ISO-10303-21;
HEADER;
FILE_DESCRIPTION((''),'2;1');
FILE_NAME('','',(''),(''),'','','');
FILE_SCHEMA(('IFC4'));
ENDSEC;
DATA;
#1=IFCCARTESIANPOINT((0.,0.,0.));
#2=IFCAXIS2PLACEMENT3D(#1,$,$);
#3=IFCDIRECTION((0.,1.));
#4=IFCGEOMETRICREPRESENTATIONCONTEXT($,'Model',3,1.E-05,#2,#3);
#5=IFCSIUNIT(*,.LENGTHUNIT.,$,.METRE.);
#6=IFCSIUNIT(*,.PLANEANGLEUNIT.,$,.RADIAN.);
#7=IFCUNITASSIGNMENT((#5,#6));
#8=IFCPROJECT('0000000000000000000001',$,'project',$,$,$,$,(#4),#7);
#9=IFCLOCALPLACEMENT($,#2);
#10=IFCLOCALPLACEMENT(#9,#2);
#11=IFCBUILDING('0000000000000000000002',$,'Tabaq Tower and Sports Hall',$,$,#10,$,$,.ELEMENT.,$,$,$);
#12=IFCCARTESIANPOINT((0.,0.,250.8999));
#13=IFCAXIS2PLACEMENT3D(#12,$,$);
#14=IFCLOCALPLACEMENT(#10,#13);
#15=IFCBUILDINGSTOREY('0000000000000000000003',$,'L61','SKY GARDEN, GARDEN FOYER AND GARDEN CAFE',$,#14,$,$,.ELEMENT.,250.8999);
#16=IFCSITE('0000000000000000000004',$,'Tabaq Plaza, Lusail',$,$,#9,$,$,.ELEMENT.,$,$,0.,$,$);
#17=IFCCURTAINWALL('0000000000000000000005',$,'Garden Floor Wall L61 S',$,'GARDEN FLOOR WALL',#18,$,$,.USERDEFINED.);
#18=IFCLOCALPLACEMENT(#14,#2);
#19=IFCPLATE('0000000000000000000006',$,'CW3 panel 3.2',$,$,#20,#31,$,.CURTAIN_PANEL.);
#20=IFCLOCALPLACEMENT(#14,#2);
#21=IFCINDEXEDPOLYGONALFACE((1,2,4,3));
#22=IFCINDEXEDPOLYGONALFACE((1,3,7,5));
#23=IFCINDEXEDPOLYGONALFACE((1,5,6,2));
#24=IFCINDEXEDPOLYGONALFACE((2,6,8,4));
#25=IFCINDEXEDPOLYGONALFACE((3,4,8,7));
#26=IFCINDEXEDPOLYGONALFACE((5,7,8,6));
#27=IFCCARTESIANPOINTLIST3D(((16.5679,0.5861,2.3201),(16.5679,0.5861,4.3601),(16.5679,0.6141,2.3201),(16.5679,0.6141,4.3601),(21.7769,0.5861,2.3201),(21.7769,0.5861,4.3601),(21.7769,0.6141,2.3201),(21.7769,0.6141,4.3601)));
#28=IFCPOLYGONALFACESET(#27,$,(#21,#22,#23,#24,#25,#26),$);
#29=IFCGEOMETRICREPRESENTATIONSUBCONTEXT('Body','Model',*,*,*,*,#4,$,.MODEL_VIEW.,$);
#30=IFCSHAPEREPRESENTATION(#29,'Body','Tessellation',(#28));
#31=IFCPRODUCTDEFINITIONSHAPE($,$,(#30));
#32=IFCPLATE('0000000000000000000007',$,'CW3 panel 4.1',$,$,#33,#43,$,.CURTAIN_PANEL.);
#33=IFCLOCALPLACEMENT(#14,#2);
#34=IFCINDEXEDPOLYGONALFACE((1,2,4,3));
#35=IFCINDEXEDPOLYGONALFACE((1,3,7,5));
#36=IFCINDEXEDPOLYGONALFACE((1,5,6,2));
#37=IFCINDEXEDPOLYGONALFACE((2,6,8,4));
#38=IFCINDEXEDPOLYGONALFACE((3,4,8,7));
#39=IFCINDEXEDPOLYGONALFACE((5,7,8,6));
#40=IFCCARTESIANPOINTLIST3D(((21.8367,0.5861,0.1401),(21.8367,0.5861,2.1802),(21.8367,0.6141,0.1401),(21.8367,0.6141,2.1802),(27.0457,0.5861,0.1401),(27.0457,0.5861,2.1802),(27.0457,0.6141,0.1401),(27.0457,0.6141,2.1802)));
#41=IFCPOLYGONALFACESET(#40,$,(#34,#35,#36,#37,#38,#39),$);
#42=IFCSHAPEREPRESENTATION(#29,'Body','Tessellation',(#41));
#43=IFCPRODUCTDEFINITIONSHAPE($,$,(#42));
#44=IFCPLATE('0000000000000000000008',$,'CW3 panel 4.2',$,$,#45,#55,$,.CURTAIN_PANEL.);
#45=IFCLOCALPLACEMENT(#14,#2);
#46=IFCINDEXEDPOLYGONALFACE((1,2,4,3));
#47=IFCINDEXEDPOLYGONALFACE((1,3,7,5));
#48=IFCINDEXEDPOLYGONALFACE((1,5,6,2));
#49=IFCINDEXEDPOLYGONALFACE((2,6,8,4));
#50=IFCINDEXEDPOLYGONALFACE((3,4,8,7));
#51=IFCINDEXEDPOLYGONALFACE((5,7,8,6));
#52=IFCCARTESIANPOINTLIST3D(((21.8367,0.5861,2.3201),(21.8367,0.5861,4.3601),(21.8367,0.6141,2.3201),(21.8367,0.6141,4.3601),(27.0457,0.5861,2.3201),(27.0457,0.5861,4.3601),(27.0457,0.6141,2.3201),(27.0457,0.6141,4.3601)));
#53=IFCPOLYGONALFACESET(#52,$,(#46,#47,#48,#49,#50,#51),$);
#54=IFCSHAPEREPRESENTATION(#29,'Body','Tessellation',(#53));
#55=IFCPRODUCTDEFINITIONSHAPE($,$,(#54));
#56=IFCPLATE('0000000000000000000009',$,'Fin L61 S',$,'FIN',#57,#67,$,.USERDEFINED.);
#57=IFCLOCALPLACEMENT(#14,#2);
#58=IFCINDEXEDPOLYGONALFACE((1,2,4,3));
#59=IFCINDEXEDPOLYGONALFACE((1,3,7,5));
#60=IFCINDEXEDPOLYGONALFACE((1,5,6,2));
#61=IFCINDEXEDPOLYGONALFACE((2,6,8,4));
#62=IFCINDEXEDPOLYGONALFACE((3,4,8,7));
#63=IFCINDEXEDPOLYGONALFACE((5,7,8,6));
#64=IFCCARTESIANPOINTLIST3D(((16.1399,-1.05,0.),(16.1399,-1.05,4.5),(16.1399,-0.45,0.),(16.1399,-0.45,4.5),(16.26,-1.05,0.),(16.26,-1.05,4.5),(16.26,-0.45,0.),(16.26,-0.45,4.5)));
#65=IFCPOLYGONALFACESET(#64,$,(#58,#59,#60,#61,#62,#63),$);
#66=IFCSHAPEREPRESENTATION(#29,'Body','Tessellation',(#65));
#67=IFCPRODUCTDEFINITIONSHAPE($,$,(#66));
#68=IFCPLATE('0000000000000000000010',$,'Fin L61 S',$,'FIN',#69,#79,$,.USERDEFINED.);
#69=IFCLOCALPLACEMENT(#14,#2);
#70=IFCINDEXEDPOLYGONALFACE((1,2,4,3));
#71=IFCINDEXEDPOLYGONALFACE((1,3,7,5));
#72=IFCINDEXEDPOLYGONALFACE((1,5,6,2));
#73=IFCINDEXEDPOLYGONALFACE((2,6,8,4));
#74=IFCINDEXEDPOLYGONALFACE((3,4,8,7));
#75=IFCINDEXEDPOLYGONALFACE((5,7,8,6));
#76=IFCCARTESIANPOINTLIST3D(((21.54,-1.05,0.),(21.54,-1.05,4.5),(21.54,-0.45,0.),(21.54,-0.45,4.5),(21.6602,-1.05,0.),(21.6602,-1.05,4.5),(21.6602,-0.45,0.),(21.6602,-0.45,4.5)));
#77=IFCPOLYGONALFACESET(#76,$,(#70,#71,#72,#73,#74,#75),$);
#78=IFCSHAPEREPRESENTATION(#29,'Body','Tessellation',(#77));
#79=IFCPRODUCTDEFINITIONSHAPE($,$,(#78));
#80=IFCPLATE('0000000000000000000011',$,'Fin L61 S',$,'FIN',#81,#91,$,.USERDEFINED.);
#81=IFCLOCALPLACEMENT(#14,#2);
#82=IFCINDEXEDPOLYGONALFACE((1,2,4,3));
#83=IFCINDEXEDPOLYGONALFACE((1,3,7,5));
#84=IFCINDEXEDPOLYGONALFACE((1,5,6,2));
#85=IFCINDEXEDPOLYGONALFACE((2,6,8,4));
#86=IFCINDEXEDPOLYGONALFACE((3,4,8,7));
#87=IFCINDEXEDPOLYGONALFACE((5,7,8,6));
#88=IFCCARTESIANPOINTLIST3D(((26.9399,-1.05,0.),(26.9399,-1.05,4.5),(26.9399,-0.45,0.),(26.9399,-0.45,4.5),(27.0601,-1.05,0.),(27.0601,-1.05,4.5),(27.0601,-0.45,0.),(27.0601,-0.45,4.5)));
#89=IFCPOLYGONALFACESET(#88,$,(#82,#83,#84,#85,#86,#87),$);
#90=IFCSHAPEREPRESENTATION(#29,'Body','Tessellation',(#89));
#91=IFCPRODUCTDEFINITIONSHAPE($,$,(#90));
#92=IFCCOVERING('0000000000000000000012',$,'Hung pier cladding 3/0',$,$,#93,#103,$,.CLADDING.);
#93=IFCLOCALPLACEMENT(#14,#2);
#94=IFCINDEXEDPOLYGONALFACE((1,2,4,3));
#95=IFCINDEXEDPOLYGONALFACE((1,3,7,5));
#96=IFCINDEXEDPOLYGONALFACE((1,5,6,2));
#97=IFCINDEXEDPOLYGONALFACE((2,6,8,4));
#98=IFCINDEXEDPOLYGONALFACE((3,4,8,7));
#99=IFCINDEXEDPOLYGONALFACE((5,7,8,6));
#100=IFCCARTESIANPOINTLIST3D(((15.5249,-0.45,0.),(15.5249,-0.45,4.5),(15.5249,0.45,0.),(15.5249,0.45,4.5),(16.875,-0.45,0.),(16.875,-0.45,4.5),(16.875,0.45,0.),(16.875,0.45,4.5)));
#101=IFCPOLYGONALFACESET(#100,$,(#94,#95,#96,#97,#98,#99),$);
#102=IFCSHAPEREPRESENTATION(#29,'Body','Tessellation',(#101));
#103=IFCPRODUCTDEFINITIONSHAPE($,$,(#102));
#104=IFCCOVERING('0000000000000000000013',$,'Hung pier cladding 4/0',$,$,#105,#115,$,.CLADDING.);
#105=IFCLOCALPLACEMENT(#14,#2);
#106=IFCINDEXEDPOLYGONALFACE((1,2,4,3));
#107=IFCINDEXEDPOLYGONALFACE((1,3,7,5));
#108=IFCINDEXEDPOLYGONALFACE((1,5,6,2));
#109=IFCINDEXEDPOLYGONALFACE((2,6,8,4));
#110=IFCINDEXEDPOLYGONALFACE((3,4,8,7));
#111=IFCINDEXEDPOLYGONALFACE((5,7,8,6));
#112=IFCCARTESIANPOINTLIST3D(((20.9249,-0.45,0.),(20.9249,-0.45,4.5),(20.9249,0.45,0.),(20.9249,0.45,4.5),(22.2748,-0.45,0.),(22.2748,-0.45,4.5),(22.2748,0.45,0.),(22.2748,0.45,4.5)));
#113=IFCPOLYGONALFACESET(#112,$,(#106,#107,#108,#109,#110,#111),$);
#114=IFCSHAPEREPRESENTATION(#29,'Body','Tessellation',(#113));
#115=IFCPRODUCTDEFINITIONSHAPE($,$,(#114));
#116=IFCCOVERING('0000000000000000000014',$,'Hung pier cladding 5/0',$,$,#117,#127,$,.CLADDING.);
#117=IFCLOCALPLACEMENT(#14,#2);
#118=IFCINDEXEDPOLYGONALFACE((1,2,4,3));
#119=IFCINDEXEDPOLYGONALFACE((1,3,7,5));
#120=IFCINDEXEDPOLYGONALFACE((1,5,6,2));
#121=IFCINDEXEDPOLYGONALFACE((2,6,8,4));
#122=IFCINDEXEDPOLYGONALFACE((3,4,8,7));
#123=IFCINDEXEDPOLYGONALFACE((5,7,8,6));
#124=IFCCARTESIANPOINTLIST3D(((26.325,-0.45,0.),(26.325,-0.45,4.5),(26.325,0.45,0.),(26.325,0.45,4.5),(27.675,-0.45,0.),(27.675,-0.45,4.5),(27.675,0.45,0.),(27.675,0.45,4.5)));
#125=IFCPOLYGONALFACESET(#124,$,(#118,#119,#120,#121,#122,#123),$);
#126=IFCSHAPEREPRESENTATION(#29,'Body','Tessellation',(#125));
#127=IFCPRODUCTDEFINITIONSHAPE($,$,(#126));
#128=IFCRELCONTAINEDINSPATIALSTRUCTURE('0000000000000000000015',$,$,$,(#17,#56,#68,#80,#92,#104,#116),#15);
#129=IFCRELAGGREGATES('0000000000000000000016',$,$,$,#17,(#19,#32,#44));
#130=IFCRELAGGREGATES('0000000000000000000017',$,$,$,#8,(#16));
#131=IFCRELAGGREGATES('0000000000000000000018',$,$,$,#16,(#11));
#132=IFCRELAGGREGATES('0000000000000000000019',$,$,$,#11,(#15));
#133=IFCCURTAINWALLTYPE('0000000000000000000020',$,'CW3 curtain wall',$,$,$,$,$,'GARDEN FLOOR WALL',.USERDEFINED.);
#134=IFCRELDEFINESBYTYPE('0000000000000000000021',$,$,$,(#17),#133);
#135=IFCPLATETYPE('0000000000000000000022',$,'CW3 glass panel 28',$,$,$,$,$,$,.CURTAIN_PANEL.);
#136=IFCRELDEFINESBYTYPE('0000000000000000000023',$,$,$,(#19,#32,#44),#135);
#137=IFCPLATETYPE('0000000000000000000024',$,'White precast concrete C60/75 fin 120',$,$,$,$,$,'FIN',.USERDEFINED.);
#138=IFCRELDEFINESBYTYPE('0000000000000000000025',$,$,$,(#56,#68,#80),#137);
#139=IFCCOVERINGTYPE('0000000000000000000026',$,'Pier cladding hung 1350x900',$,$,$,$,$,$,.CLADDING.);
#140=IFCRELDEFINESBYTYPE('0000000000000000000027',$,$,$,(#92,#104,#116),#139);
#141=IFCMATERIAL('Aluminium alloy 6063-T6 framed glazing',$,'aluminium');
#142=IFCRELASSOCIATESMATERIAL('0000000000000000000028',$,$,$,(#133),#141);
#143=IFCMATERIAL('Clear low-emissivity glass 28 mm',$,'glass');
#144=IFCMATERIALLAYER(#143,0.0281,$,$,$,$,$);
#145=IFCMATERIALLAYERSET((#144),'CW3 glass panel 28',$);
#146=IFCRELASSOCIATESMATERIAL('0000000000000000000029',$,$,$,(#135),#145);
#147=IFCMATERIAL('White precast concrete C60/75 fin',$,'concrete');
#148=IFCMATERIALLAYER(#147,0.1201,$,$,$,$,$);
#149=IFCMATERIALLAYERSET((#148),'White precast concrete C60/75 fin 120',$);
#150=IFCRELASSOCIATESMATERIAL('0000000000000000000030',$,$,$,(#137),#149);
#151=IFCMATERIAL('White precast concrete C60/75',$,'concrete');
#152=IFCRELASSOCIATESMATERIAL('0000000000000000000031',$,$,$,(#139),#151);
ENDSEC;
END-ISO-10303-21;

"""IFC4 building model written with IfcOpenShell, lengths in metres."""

from ifc_helpers import new_model, si_unit, direction, frame, frame_2d, origin, origin_2d, place, context, subcontext, project, spatial, rectangle, extrude, material, layer, layer_set, type_object, element, aggregate, save


model = new_model("IFC4")

# Units and contexts
model_context = context("Model", 3, precision=1e-05, world=origin(), true_north=direction((0.0, 1.0)))
body_context = subcontext(model_context, "Body", "Model", "MODEL_VIEW")
ifc_project = project(units=[si_unit("LENGTHUNIT", "METRE"), si_unit("PLANEANGLEUNIT", "RADIAN")], contexts=[model_context])

# Site, building, storey
site_placement = place(None, origin())
site = spatial("IfcSite", under=ifc_project, at=site_placement, Name="Tabaq Plaza, Lusail", CompositionType="ELEMENT", RefElevation=0.0)
building_placement = place(site_placement, origin())
building = spatial("IfcBuilding", under=site, at=building_placement, Name="Tabaq Tower and Sports Hall", CompositionType="ELEMENT")
storey_placement = place(building_placement, frame((0.0, 0.0, 250.8999)))
storey = spatial("IfcBuildingStorey", under=building, at=storey_placement, Name="L61", Description="SKY GARDEN, GARDEN FOYER AND GARDEN CAFE", CompositionType="ELEMENT", Elevation=250.8999)

# Curtain wall
ifc_material_1 = material(Name="Aluminium alloy 6063-T6 framed glazing", Category="aluminium")
curtain_wall_type = type_object("IfcCurtainWallType", Name="CW3 curtain wall", ElementType="GARDEN FLOOR WALL", PredefinedType="USERDEFINED", material=ifc_material_1)
curtain_wall_placement = place(storey_placement, origin())
curtain_wall = element("IfcCurtainWall", 1, at=curtain_wall_placement, inside=storey, type_object=curtain_wall_type, Name="Garden Floor Wall L61 S", ObjectType="GARDEN FLOOR WALL", PredefinedType="USERDEFINED")

# Plates
ifc_material_2 = material(Name="Clear low-emissivity glass 28 mm", Category="glass")
ifc_layer_1 = layer(ifc_material_2, 0.0281)
ifc_layer_set_1 = layer_set([ifc_layer_1], Name="CW3 glass panel 28")
plate_type_1 = type_object("IfcPlateType", Name="CW3 glass panel 28", PredefinedType="CURTAIN_PANEL", material=ifc_layer_set_1)
plate_1_placement = place(storey_placement, frame((19.1724, 0.6001, 2.3201), z_axis=(0.0, 0.0, 1.0), x_axis=(1.0, 0.0, 0.0)))
plate_1 = element("IfcPlate", 2, at=plate_1_placement, type_object=plate_type_1, Name="CW3 panel 3.2", PredefinedType="CURTAIN_PANEL", context=body_context, shape_type="SweptSolid", body=[
    extrude(rectangle(XDim=5.209, YDim=0.0281, at=origin_2d()), origin(), (0.0, 0.0, 1.0), 2.04),
])
plate_2_placement = place(storey_placement, frame((24.4412, 0.6001, 0.1401), z_axis=(0.0, 0.0, 1.0), x_axis=(1.0, 0.0, 0.0)))
plate_2 = element("IfcPlate", 3, at=plate_2_placement, type_object=plate_type_1, Name="CW3 panel 4.1", PredefinedType="CURTAIN_PANEL", context=body_context, shape_type="SweptSolid", body=[
    extrude(rectangle(XDim=5.209, YDim=0.0281, at=origin_2d()), origin(), (0.0, 0.0, 1.0), 2.04),
])
plate_3_placement = place(storey_placement, frame((24.4412, 0.6001, 2.3201), z_axis=(0.0, 0.0, 1.0), x_axis=(1.0, 0.0, 0.0)))
plate_3 = element("IfcPlate", 4, at=plate_3_placement, type_object=plate_type_1, Name="CW3 panel 4.2", PredefinedType="CURTAIN_PANEL", context=body_context, shape_type="SweptSolid", body=[
    extrude(rectangle(XDim=5.209, YDim=0.0281, at=origin_2d()), origin(), (0.0, 0.0, 1.0), 2.04),
])
aggregate(curtain_wall, [plate_1, plate_2, plate_3])

# Plates
ifc_material_3 = material(Name="White precast concrete C60/75 fin", Category="concrete")
ifc_layer_2 = layer(ifc_material_3, 0.1201)
ifc_layer_set_2 = layer_set([ifc_layer_2], Name="White precast concrete C60/75 fin 120")
plate_type_2 = type_object("IfcPlateType", Name="White precast concrete C60/75 fin 120", ElementType="FIN", PredefinedType="USERDEFINED", material=ifc_layer_set_2)
for number, where, z_axis, x_axis, name in (
    (5, (16.2, -0.75, 0.0), (0.0, 0.0, 1.0), (1.0, 0.0, 0.0), "Fin L61 S"),
    (6, (21.6001, -0.75, 0.0), (0.0, 0.0, 1.0), (1.0, 0.0, 0.0), "Fin L61 S"),
    (7, (27.0, -0.75, 0.0), (0.0, 0.0, 1.0), (1.0, 0.0, 0.0), "Fin L61 S"),
):
    element("IfcPlate", number, at=place(storey_placement, frame(where, z_axis=z_axis, x_axis=x_axis)), inside=storey, type_object=plate_type_2, Name=name, ObjectType="FIN", PredefinedType="USERDEFINED", context=body_context, shape_type="SweptSolid", body=[
        extrude(rectangle(XDim=0.1201, YDim=0.6001, at=origin_2d()), origin(), (0.0, 0.0, 1.0), 4.5),
    ])

# Coverings
ifc_material_4 = material(Name="White precast concrete C60/75", Category="concrete")
covering_type = type_object("IfcCoveringType", Name="Pier cladding hung 1350x900", PredefinedType="CLADDING", material=ifc_material_4)
covering_1_placement = place(storey_placement, frame((15.5249, 0.0, 0.0), z_axis=(0.0, 0.0, 1.0), x_axis=(1.0, 0.0, 0.0)))
element("IfcCovering", 8, at=covering_1_placement, inside=storey, type_object=covering_type, Name="Hung pier cladding 3/0", PredefinedType="CLADDING", context=body_context, shape_type="SweptSolid", body=[
    extrude(rectangle(XDim=1.3501, YDim=0.8999, at=frame_2d((0.675, 0.0))), origin(), (0.0, 0.0, 1.0), 4.5),
])
covering_2_placement = place(storey_placement, frame((20.925, 0.0, 0.0), z_axis=(0.0, 0.0, 1.0), x_axis=(1.0, 0.0, 0.0)))
element("IfcCovering", 9, at=covering_2_placement, inside=storey, type_object=covering_type, Name="Hung pier cladding 4/0", PredefinedType="CLADDING", context=body_context, shape_type="SweptSolid", body=[
    extrude(rectangle(XDim=1.3499, YDim=0.8999, at=frame_2d((0.6748, 0.0))), origin(), (0.0, 0.0, 1.0), 4.5),
])
covering_3_placement = place(storey_placement, frame((26.325, 0.0, 0.0), z_axis=(0.0, 0.0, 1.0), x_axis=(1.0, 0.0, 0.0)))
element("IfcCovering", 10, at=covering_3_placement, inside=storey, type_object=covering_type, Name="Hung pier cladding 5/0", PredefinedType="CLADDING", context=body_context, shape_type="SweptSolid", body=[
    extrude(rectangle(XDim=1.3501, YDim=0.8999, at=frame_2d((0.675, 0.0))), origin(), (0.0, 0.0, 1.0), 4.5),
])

save(model, "model.ifc")
